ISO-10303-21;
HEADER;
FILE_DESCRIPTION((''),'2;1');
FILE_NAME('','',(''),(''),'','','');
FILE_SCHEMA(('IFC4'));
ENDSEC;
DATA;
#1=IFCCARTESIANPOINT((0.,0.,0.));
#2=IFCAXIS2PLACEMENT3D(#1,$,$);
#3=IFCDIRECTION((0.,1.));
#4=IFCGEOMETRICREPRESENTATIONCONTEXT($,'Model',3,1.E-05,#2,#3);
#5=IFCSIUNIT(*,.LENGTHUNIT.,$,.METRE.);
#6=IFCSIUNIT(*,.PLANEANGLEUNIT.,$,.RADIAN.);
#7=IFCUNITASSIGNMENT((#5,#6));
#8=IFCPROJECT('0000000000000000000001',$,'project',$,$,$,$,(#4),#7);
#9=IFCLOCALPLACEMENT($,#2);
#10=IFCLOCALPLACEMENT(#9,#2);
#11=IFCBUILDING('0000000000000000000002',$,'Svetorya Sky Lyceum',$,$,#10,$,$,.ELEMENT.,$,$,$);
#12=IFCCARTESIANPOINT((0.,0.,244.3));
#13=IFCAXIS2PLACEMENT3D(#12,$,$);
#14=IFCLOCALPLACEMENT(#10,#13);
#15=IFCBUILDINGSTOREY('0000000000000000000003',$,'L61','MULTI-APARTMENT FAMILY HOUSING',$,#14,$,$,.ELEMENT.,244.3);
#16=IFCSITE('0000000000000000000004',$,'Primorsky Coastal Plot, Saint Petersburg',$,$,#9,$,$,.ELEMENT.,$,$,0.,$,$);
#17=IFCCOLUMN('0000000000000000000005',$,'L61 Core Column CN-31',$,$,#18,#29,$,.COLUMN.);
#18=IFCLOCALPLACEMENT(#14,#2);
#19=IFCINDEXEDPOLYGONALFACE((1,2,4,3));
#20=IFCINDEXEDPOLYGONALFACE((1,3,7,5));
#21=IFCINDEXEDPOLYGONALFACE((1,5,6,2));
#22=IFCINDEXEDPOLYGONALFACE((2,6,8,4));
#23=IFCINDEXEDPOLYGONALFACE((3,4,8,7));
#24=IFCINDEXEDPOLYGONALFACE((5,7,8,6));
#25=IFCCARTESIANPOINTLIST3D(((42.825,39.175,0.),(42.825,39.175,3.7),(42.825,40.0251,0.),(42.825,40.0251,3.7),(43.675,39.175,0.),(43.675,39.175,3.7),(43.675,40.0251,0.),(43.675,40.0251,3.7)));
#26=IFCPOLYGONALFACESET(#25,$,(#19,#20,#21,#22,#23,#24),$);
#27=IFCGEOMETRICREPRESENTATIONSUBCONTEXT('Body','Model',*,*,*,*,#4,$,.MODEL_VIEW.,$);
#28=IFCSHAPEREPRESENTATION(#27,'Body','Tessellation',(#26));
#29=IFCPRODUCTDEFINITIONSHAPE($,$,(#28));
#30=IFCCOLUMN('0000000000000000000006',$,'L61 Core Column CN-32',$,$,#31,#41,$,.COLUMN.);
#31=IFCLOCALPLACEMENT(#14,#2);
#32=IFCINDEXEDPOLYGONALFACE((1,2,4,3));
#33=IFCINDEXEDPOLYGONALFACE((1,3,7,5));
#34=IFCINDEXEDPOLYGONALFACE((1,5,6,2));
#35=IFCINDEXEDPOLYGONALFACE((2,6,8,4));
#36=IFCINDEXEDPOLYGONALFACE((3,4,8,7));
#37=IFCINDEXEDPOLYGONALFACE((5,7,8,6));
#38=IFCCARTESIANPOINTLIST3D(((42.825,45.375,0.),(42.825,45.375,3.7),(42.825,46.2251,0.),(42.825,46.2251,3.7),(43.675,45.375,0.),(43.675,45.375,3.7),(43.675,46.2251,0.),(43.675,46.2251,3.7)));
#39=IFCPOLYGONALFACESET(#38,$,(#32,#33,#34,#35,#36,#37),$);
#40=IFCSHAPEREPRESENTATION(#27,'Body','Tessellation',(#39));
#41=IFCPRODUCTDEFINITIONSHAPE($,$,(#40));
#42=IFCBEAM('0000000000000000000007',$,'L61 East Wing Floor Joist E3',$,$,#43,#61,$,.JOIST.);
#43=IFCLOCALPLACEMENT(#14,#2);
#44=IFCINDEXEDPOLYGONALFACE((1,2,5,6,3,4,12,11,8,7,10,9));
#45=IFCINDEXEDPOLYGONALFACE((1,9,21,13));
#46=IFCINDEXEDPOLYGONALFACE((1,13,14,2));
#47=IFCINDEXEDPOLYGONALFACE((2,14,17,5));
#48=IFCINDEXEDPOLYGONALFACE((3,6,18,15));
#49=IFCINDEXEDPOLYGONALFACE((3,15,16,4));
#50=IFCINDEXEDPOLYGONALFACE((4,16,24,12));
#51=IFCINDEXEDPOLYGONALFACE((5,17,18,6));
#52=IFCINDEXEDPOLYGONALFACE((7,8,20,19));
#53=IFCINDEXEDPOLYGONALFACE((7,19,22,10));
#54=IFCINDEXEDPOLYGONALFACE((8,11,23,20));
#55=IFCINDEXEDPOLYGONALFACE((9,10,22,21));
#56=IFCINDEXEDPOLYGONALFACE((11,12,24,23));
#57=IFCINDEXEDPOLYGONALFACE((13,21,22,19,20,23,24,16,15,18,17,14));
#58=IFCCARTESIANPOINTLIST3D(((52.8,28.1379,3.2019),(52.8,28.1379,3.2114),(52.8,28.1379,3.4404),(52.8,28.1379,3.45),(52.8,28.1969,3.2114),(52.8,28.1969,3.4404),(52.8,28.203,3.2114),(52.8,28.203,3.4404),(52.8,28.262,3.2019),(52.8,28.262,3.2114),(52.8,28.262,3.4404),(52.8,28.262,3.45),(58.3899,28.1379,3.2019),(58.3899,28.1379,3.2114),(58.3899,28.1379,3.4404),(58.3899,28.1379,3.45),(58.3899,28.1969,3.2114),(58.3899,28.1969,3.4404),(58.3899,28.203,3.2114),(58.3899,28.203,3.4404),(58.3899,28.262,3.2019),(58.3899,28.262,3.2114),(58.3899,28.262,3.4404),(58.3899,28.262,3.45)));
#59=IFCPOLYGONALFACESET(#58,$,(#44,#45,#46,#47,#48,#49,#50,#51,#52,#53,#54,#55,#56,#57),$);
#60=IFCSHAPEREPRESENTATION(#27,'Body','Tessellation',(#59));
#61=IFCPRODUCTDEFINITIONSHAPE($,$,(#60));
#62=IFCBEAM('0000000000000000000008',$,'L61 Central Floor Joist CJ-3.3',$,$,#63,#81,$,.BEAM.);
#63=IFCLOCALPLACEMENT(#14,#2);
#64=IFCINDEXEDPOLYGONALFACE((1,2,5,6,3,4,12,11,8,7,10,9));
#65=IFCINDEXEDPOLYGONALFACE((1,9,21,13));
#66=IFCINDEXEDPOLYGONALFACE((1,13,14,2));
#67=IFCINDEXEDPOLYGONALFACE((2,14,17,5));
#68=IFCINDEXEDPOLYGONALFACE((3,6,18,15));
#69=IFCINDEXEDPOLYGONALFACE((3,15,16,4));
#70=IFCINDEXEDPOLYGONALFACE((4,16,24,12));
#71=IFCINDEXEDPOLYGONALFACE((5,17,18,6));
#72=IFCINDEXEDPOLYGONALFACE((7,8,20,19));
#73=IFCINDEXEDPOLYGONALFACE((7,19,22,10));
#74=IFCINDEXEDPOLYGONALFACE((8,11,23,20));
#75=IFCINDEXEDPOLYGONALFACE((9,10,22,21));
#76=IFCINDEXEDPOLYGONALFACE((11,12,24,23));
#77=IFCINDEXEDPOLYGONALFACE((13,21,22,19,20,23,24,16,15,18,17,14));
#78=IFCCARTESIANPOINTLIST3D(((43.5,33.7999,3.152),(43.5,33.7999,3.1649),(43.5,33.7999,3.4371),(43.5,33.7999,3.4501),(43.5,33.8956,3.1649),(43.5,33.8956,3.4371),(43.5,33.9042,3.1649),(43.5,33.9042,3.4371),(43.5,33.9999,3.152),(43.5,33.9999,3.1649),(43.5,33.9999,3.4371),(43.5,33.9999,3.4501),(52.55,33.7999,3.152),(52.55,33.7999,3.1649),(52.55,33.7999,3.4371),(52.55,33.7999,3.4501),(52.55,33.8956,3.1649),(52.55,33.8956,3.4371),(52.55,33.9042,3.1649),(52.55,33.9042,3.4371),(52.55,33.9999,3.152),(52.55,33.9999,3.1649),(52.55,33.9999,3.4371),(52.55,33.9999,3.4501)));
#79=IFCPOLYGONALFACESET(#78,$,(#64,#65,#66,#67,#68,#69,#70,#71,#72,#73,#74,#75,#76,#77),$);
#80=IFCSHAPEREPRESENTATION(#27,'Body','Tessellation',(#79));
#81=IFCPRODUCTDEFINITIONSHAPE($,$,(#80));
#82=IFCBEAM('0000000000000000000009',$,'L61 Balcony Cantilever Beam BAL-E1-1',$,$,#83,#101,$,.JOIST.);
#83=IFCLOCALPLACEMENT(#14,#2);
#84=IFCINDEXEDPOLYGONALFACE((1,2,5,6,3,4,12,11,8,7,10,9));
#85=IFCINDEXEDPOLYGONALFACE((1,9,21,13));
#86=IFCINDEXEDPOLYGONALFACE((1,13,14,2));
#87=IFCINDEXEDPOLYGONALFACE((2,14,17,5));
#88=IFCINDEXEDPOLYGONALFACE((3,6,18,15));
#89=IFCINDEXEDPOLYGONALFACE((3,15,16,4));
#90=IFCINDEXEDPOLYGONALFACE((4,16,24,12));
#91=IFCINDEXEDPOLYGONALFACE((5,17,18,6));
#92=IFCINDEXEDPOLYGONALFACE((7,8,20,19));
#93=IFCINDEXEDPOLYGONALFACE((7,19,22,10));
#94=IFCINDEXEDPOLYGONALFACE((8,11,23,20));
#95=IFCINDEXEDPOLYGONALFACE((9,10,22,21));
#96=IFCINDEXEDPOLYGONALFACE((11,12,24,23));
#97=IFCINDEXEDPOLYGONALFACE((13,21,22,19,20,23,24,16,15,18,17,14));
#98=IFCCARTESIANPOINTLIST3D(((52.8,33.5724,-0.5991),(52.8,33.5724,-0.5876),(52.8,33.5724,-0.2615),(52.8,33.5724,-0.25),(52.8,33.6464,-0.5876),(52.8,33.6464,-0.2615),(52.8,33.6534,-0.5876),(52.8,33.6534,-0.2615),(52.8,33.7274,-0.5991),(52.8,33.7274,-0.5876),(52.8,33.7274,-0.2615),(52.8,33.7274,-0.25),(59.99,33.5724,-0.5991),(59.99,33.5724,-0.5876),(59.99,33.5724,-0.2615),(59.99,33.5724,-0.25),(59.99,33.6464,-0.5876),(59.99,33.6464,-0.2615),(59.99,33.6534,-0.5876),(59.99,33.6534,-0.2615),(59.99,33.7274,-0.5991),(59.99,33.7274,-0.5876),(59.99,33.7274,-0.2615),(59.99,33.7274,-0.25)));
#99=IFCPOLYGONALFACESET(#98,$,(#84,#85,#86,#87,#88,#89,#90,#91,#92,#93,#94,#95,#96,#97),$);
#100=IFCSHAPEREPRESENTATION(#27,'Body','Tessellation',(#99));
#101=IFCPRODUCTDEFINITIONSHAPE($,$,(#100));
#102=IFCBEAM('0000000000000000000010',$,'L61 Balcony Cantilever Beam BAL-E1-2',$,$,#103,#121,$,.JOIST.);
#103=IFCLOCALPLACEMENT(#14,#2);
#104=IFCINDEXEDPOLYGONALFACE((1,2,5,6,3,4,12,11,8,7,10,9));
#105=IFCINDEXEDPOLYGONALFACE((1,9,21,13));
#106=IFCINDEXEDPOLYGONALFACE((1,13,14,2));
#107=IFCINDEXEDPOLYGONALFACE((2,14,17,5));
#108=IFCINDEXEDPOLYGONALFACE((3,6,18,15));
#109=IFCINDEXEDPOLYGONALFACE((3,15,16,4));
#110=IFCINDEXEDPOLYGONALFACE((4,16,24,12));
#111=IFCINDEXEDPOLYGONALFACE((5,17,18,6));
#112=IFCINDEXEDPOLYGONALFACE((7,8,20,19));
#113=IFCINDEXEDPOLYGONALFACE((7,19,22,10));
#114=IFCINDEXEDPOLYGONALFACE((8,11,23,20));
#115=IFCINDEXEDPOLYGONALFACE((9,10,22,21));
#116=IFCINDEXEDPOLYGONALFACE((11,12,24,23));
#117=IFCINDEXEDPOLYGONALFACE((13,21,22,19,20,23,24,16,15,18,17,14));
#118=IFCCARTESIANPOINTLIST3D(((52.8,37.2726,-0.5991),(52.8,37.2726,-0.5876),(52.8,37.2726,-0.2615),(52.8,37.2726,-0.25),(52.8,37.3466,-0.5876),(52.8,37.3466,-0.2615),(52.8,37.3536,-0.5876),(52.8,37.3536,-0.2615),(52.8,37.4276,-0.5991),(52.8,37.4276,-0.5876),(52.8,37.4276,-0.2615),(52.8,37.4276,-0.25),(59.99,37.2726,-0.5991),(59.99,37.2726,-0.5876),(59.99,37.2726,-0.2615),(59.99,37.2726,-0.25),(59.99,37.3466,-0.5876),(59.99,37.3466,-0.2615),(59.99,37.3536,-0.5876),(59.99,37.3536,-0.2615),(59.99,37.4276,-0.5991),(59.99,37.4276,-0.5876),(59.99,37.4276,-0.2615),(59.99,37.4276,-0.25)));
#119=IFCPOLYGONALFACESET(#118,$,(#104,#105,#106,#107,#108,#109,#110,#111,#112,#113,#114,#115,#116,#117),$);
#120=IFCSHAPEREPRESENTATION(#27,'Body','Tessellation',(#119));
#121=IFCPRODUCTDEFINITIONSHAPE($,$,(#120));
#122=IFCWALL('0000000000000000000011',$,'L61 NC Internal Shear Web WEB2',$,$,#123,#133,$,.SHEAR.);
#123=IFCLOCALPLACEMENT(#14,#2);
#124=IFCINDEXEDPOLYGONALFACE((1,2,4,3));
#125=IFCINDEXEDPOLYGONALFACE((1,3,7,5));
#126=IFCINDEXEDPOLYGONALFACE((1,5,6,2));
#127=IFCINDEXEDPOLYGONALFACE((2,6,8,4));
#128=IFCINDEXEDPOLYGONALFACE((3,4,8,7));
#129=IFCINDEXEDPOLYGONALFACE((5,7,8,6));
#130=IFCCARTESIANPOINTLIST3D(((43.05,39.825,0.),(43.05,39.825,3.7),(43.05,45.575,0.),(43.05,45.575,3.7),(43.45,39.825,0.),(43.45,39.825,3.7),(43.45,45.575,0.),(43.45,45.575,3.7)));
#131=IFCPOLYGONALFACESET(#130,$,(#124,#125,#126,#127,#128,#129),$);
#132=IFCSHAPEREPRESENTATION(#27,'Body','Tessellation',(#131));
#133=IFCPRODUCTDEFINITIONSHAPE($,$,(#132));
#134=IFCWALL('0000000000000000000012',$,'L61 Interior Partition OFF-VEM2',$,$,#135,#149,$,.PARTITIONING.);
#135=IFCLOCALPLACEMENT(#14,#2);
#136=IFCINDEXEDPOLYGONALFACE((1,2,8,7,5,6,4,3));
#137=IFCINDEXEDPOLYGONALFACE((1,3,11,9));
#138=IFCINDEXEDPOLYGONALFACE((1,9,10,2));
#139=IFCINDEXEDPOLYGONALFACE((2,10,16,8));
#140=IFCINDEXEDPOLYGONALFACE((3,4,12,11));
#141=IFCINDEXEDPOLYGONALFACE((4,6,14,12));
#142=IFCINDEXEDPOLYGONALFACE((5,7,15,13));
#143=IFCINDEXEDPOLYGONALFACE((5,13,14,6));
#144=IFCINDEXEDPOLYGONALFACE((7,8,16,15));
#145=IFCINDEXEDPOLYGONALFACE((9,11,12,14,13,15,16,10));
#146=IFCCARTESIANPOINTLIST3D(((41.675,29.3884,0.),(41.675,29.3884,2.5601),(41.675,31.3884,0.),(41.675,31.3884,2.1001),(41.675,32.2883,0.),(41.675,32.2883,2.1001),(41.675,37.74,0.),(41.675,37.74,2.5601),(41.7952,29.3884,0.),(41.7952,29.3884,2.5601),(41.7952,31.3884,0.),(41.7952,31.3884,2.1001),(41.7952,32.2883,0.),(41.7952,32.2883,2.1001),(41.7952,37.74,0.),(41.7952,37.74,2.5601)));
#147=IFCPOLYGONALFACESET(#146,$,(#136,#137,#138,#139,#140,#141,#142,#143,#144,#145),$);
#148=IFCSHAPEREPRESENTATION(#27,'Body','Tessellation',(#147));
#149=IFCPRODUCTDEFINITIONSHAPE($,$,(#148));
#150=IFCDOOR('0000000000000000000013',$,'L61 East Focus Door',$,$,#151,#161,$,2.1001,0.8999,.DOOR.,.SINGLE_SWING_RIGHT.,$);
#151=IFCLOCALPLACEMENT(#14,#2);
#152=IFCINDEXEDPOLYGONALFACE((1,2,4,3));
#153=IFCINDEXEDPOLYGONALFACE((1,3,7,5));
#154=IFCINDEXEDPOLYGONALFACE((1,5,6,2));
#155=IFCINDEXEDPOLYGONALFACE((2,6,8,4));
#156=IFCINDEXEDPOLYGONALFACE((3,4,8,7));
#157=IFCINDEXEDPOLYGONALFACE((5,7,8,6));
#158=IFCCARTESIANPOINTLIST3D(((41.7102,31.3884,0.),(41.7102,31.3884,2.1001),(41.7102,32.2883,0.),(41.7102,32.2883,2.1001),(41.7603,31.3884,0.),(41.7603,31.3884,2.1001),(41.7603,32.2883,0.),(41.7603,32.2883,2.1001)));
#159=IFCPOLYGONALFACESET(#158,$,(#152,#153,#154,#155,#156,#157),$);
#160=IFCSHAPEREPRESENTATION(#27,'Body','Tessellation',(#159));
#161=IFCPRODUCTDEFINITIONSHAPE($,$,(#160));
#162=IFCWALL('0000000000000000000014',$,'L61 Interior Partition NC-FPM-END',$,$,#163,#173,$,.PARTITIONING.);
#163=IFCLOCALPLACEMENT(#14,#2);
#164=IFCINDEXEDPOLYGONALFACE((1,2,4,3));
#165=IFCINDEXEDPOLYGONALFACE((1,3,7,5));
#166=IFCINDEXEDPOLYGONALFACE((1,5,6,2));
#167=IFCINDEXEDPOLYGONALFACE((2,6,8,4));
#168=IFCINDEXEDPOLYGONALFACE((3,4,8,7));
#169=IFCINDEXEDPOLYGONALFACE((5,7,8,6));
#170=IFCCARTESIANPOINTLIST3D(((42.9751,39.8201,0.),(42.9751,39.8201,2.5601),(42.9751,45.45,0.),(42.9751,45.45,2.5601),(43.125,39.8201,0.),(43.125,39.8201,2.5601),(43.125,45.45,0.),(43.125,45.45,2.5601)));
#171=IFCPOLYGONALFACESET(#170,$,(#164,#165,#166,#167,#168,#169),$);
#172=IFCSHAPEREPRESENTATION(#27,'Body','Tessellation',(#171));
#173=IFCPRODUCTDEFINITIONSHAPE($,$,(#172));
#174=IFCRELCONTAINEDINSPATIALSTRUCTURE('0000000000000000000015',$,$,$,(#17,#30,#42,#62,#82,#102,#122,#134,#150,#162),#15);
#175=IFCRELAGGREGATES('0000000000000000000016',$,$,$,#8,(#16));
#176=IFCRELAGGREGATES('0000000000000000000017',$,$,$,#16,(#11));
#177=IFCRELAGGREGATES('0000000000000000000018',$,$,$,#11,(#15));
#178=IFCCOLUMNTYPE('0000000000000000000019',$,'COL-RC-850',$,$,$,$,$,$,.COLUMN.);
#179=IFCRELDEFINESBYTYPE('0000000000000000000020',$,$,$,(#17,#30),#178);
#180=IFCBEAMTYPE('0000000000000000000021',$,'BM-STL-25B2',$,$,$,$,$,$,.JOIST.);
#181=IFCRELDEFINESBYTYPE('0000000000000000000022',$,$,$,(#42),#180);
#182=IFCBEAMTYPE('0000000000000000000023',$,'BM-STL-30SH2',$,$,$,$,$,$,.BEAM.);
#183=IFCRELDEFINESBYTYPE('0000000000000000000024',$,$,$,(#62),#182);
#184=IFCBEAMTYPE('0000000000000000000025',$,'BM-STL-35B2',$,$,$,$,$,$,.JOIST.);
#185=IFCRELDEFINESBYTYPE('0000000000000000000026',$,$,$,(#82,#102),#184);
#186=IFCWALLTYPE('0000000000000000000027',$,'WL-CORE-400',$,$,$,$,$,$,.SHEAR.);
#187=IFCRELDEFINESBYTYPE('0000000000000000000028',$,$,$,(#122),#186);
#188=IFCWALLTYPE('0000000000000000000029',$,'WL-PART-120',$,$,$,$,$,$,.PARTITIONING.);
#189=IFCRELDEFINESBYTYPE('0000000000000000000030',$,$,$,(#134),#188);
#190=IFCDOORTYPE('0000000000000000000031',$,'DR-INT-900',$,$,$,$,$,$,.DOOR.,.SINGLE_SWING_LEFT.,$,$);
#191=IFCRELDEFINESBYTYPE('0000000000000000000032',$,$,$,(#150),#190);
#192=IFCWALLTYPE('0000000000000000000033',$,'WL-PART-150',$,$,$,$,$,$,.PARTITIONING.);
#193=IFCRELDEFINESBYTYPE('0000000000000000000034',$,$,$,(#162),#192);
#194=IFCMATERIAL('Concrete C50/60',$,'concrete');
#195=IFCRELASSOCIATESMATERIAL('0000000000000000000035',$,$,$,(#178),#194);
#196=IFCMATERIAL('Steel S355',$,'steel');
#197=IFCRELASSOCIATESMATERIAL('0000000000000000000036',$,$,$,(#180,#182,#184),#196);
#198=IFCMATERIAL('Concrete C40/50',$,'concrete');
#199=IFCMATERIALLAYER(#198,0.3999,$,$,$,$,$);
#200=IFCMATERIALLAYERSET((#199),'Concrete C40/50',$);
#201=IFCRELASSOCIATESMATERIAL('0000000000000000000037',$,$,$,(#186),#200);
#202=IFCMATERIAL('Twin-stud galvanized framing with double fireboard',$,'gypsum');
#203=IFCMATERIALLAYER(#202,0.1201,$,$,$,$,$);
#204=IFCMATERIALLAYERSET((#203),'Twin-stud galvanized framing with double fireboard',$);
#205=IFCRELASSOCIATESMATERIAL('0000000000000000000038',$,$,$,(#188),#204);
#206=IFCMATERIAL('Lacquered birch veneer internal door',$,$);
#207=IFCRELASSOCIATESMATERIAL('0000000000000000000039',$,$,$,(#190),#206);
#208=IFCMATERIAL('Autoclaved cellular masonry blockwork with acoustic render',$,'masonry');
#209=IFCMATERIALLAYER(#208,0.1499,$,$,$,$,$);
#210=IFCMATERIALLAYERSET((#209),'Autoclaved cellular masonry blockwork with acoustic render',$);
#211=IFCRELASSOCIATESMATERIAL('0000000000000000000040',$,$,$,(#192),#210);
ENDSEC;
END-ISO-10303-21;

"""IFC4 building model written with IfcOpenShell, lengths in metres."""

from ifc_helpers import new_model, si_unit, direction, frame, frame_2d, origin, origin_2d, place, context, subcontext, project, spatial, rectangle, i_section, extrude, material, layer, layer_set, material_profile, profile_set, type_object, element, fill, save


model = new_model("IFC4")

# Units and contexts
model_context = context("Model", 3, precision=1e-05, world=origin(), true_north=direction((0.0, 1.0)))
body_context = subcontext(model_context, "Body", "Model", "MODEL_VIEW")
ifc_project = project(units=[si_unit("LENGTHUNIT", "METRE"), si_unit("PLANEANGLEUNIT", "RADIAN")], contexts=[model_context])

# Site, building, storey
site_placement = place(None, origin())
site = spatial("IfcSite", under=ifc_project, at=site_placement, Name="Primorsky Coastal Plot, Saint Petersburg", CompositionType="ELEMENT", RefElevation=0.0)
building_placement = place(site_placement, origin())
building = spatial("IfcBuilding", under=site, at=building_placement, Name="Svetorya Sky Lyceum", CompositionType="ELEMENT")
storey_placement = place(building_placement, frame((0.0, 0.0, 244.3)))
storey = spatial("IfcBuildingStorey", under=building, at=storey_placement, Name="L61", Description="MULTI-APARTMENT FAMILY HOUSING", CompositionType="ELEMENT", Elevation=244.3)

# Columns
ifc_material_1 = material(Name="Concrete C50/60", Category="concrete")
ifc_material_profile_1 = material_profile(ifc_material_1, rectangle(XDim=0.8501, YDim=0.8501, at=origin_2d()), Name="RC COL 850x850")
ifc_profile_set_1 = profile_set([ifc_material_profile_1], Name="Concrete C50/60")
column_type = type_object("IfcColumnType", Name="COL-RC-850", PredefinedType="COLUMN", material=ifc_profile_set_1)
for number, where, z_axis, x_axis, name in (
    (1, (43.25, 39.6001, 0.0), (0.0, 0.0, 1.0), (1.0, 0.0, 0.0), "L61 Core Column CN-31"),
    (2, (43.25, 45.8, 0.0), (0.0, 0.0, 1.0), (1.0, 0.0, 0.0), "L61 Core Column CN-32"),
):
    element("IfcColumn", number, at=place(storey_placement, frame(where, z_axis=z_axis, x_axis=x_axis)), inside=storey, type_object=column_type, Name=name, PredefinedType="COLUMN", context=body_context, shape_type="SweptSolid", body=[
        extrude(rectangle(XDim=0.8501, YDim=0.8501, at=origin_2d()), origin(), (0.0, 0.0, 1.0), 3.7),
    ])

# Beams
ifc_material_2 = material(Name="Steel S355", Category="steel")
ifc_material_profile_2 = material_profile(ifc_material_2, i_section(OverallWidth=0.124, OverallDepth=0.248, WebThickness=0.0061, FlangeThickness=0.0095, at=origin_2d()), Name="GOST 25B2")
ifc_profile_set_2 = profile_set([ifc_material_profile_2], Name="Steel S355")
beam_type_1 = type_object("IfcBeamType", Name="BM-STL-25B2", PredefinedType="JOIST", material=ifc_profile_set_2)
beam_1_placement = place(storey_placement, frame((52.8, 28.2, 3.3259), z_axis=(1.0, 0.0, 0.0), x_axis=(0.0, 1.0, 0.0)))
element("IfcBeam", 3, at=beam_1_placement, inside=storey, type_object=beam_type_1, Name="L61 East Wing Floor Joist E3", PredefinedType="JOIST", context=body_context, shape_type="SweptSolid", body=[
    extrude(i_section(OverallWidth=0.124, OverallDepth=0.248, WebThickness=0.0061, FlangeThickness=0.0095, at=origin_2d()), origin(), (0.0, 0.0, 1.0), 5.5898),
])
ifc_material_profile_3 = material_profile(ifc_material_2, i_section(OverallWidth=0.2, OverallDepth=0.2981, WebThickness=0.0085, FlangeThickness=0.0129, at=origin_2d()), Name="GOST 30Sh2")
ifc_profile_set_3 = profile_set([ifc_material_profile_3], Name="Steel S355")
beam_type_2 = type_object("IfcBeamType", Name="BM-STL-30SH2", PredefinedType="BEAM", material=ifc_profile_set_3)
beam_2_placement = place(storey_placement, frame((43.5, 33.8999, 3.301), z_axis=(1.0, 0.0, 0.0), x_axis=(0.0, 1.0, 0.0)))
element("IfcBeam", 4, at=beam_2_placement, inside=storey, type_object=beam_type_2, Name="L61 Central Floor Joist CJ-3.3", PredefinedType="BEAM", context=body_context, shape_type="SweptSolid", body=[
    extrude(i_section(OverallWidth=0.2, OverallDepth=0.2981, WebThickness=0.0085, FlangeThickness=0.0129, at=origin_2d()), origin(), (0.0, 0.0, 1.0), 9.05),
])
ifc_material_profile_4 = material_profile(ifc_material_2, i_section(OverallWidth=0.155, OverallDepth=0.3491, WebThickness=0.0071, FlangeThickness=0.0115, at=origin_2d()), Name="GOST 35B2")
ifc_profile_set_4 = profile_set([ifc_material_profile_4], Name="Steel S355")
beam_type_3 = type_object("IfcBeamType", Name="BM-STL-35B2", PredefinedType="JOIST", material=ifc_profile_set_4)
for number, where, z_axis, x_axis, name in (
    (5, (52.8, 33.6499, -0.4246), (1.0, 0.0, 0.0), (0.0, 1.0, 0.0), "L61 Balcony Cantilever Beam BAL-E1-1"),
    (6, (52.8, 37.3501, -0.4246), (1.0, 0.0, 0.0), (0.0, 1.0, 0.0), "L61 Balcony Cantilever Beam BAL-E1-2"),
):
    element("IfcBeam", number, at=place(storey_placement, frame(where, z_axis=z_axis, x_axis=x_axis)), inside=storey, type_object=beam_type_3, Name=name, PredefinedType="JOIST", context=body_context, shape_type="SweptSolid", body=[
        extrude(i_section(OverallWidth=0.155, OverallDepth=0.3491, WebThickness=0.0071, FlangeThickness=0.0115, at=origin_2d()), origin(), (0.0, 0.0, 1.0), 7.1899),
    ])

# Wall
ifc_material_3 = material(Name="Concrete C40/50", Category="concrete")
ifc_layer_1 = layer(ifc_material_3, 0.3999)
ifc_layer_set_1 = layer_set([ifc_layer_1], Name="Concrete C40/50")
wall_type_1 = type_object("IfcWallType", Name="WL-CORE-400", PredefinedType="SHEAR", material=ifc_layer_set_1)
wall_1_placement = place(storey_placement, frame((43.25, 39.825, 0.0), z_axis=(0.0, 0.0, 1.0), x_axis=(0.0, 1.0, 0.0)))
element("IfcWall", 7, at=wall_1_placement, inside=storey, type_object=wall_type_1, Name="L61 NC Internal Shear Web WEB2", PredefinedType="SHEAR", context=body_context, shape_type="SweptSolid", body=[
    extrude(rectangle(XDim=5.75, YDim=0.3999, at=frame_2d((2.875, 0.0))), origin(), (0.0, 0.0, 1.0), 3.7),
])

# Wall, opening, door
ifc_material_4 = material(Name="Twin-stud galvanized framing with double fireboard", Category="gypsum")
ifc_layer_2 = layer(ifc_material_4, 0.1201)
ifc_layer_set_2 = layer_set([ifc_layer_2], Name="Twin-stud galvanized framing with double fireboard")
wall_type_2 = type_object("IfcWallType", Name="WL-PART-120", PredefinedType="PARTITIONING", material=ifc_layer_set_2)
wall_2_placement = place(storey_placement, frame((41.7351, 29.3884, 0.0), z_axis=(0.0, 0.0, 1.0), x_axis=(0.0, 1.0, 0.0)))
wall_2 = element("IfcWall", 8, at=wall_2_placement, inside=storey, type_object=wall_type_2, Name="L61 Interior Partition OFF-VEM2", PredefinedType="PARTITIONING", context=body_context, shape_type="SweptSolid", body=[
    extrude(rectangle(XDim=8.3516, YDim=0.1201, at=frame_2d((4.1758, 0.0))), origin(), (0.0, 0.0, 1.0), 2.5601),
])
opening_1_placement = place(wall_2_placement, frame((2.0, 0.0, 0.0)))
opening_1 = element("IfcOpeningElement", 9, at=opening_1_placement, cuts=wall_2, PredefinedType="OPENING", context=body_context, shape_type="SweptSolid", body=[
    extrude(rectangle(XDim=0.8999, YDim=2.1001, at=frame_2d((0.45, 1.05))), frame((0.0, 0.0701, 0.0), z_axis=(0.0, -1.0, 0.0), x_axis=(1.0, 0.0, 0.0)), (0.0, 0.0, 1.0), 0.1401),
])
ifc_material_5 = material(Name="Lacquered birch veneer internal door")
door_type_1 = type_object("IfcDoorType", Name="DR-INT-900", OperationType="SINGLE_SWING_LEFT", PredefinedType="DOOR", material=ifc_material_5)
door_1_placement = place(opening_1_placement, origin())
door_1 = element("IfcDoor", 10, at=door_1_placement, inside=storey, type_object=door_type_1, Name="L61 East Focus Door", OperationType="SINGLE_SWING_RIGHT", OverallHeight=2.1001, OverallWidth=0.8999, PredefinedType="DOOR", context=body_context, shape_type="SweptSolid", body=[
    extrude(rectangle(XDim=0.8999, YDim=2.1001, at=frame_2d((0.45, 1.05))), frame((0.0, 0.0249, 0.0), z_axis=(0.0, -1.0, 0.0), x_axis=(1.0, 0.0, 0.0)), (0.0, 0.0, 1.0), 0.05),
])
fill(opening_1, door_1)

# Wall
ifc_material_6 = material(Name="Autoclaved cellular masonry blockwork with acoustic render", Category="masonry")
ifc_layer_3 = layer(ifc_material_6, 0.1499)
ifc_layer_set_3 = layer_set([ifc_layer_3], Name="Autoclaved cellular masonry blockwork with acoustic render")
wall_type_3 = type_object("IfcWallType", Name="WL-PART-150", PredefinedType="PARTITIONING", material=ifc_layer_set_3)
for number, where, z_axis, x_axis, name in (
    (11, (43.05, 39.8201, 0.0), (0.0, 0.0, 1.0), (0.0, 1.0, 0.0), "L61 Interior Partition NC-FPM-END"),
):
    element("IfcWall", number, at=place(storey_placement, frame(where, z_axis=z_axis, x_axis=x_axis)), inside=storey, type_object=wall_type_3, Name=name, PredefinedType="PARTITIONING", context=body_context, shape_type="SweptSolid", body=[
        extrude(rectangle(XDim=5.6299, YDim=0.1499, at=frame_2d((2.8149, 0.0))), origin(), (0.0, 0.0, 1.0), 2.5601),
    ])

save(model, "model.ifc")
